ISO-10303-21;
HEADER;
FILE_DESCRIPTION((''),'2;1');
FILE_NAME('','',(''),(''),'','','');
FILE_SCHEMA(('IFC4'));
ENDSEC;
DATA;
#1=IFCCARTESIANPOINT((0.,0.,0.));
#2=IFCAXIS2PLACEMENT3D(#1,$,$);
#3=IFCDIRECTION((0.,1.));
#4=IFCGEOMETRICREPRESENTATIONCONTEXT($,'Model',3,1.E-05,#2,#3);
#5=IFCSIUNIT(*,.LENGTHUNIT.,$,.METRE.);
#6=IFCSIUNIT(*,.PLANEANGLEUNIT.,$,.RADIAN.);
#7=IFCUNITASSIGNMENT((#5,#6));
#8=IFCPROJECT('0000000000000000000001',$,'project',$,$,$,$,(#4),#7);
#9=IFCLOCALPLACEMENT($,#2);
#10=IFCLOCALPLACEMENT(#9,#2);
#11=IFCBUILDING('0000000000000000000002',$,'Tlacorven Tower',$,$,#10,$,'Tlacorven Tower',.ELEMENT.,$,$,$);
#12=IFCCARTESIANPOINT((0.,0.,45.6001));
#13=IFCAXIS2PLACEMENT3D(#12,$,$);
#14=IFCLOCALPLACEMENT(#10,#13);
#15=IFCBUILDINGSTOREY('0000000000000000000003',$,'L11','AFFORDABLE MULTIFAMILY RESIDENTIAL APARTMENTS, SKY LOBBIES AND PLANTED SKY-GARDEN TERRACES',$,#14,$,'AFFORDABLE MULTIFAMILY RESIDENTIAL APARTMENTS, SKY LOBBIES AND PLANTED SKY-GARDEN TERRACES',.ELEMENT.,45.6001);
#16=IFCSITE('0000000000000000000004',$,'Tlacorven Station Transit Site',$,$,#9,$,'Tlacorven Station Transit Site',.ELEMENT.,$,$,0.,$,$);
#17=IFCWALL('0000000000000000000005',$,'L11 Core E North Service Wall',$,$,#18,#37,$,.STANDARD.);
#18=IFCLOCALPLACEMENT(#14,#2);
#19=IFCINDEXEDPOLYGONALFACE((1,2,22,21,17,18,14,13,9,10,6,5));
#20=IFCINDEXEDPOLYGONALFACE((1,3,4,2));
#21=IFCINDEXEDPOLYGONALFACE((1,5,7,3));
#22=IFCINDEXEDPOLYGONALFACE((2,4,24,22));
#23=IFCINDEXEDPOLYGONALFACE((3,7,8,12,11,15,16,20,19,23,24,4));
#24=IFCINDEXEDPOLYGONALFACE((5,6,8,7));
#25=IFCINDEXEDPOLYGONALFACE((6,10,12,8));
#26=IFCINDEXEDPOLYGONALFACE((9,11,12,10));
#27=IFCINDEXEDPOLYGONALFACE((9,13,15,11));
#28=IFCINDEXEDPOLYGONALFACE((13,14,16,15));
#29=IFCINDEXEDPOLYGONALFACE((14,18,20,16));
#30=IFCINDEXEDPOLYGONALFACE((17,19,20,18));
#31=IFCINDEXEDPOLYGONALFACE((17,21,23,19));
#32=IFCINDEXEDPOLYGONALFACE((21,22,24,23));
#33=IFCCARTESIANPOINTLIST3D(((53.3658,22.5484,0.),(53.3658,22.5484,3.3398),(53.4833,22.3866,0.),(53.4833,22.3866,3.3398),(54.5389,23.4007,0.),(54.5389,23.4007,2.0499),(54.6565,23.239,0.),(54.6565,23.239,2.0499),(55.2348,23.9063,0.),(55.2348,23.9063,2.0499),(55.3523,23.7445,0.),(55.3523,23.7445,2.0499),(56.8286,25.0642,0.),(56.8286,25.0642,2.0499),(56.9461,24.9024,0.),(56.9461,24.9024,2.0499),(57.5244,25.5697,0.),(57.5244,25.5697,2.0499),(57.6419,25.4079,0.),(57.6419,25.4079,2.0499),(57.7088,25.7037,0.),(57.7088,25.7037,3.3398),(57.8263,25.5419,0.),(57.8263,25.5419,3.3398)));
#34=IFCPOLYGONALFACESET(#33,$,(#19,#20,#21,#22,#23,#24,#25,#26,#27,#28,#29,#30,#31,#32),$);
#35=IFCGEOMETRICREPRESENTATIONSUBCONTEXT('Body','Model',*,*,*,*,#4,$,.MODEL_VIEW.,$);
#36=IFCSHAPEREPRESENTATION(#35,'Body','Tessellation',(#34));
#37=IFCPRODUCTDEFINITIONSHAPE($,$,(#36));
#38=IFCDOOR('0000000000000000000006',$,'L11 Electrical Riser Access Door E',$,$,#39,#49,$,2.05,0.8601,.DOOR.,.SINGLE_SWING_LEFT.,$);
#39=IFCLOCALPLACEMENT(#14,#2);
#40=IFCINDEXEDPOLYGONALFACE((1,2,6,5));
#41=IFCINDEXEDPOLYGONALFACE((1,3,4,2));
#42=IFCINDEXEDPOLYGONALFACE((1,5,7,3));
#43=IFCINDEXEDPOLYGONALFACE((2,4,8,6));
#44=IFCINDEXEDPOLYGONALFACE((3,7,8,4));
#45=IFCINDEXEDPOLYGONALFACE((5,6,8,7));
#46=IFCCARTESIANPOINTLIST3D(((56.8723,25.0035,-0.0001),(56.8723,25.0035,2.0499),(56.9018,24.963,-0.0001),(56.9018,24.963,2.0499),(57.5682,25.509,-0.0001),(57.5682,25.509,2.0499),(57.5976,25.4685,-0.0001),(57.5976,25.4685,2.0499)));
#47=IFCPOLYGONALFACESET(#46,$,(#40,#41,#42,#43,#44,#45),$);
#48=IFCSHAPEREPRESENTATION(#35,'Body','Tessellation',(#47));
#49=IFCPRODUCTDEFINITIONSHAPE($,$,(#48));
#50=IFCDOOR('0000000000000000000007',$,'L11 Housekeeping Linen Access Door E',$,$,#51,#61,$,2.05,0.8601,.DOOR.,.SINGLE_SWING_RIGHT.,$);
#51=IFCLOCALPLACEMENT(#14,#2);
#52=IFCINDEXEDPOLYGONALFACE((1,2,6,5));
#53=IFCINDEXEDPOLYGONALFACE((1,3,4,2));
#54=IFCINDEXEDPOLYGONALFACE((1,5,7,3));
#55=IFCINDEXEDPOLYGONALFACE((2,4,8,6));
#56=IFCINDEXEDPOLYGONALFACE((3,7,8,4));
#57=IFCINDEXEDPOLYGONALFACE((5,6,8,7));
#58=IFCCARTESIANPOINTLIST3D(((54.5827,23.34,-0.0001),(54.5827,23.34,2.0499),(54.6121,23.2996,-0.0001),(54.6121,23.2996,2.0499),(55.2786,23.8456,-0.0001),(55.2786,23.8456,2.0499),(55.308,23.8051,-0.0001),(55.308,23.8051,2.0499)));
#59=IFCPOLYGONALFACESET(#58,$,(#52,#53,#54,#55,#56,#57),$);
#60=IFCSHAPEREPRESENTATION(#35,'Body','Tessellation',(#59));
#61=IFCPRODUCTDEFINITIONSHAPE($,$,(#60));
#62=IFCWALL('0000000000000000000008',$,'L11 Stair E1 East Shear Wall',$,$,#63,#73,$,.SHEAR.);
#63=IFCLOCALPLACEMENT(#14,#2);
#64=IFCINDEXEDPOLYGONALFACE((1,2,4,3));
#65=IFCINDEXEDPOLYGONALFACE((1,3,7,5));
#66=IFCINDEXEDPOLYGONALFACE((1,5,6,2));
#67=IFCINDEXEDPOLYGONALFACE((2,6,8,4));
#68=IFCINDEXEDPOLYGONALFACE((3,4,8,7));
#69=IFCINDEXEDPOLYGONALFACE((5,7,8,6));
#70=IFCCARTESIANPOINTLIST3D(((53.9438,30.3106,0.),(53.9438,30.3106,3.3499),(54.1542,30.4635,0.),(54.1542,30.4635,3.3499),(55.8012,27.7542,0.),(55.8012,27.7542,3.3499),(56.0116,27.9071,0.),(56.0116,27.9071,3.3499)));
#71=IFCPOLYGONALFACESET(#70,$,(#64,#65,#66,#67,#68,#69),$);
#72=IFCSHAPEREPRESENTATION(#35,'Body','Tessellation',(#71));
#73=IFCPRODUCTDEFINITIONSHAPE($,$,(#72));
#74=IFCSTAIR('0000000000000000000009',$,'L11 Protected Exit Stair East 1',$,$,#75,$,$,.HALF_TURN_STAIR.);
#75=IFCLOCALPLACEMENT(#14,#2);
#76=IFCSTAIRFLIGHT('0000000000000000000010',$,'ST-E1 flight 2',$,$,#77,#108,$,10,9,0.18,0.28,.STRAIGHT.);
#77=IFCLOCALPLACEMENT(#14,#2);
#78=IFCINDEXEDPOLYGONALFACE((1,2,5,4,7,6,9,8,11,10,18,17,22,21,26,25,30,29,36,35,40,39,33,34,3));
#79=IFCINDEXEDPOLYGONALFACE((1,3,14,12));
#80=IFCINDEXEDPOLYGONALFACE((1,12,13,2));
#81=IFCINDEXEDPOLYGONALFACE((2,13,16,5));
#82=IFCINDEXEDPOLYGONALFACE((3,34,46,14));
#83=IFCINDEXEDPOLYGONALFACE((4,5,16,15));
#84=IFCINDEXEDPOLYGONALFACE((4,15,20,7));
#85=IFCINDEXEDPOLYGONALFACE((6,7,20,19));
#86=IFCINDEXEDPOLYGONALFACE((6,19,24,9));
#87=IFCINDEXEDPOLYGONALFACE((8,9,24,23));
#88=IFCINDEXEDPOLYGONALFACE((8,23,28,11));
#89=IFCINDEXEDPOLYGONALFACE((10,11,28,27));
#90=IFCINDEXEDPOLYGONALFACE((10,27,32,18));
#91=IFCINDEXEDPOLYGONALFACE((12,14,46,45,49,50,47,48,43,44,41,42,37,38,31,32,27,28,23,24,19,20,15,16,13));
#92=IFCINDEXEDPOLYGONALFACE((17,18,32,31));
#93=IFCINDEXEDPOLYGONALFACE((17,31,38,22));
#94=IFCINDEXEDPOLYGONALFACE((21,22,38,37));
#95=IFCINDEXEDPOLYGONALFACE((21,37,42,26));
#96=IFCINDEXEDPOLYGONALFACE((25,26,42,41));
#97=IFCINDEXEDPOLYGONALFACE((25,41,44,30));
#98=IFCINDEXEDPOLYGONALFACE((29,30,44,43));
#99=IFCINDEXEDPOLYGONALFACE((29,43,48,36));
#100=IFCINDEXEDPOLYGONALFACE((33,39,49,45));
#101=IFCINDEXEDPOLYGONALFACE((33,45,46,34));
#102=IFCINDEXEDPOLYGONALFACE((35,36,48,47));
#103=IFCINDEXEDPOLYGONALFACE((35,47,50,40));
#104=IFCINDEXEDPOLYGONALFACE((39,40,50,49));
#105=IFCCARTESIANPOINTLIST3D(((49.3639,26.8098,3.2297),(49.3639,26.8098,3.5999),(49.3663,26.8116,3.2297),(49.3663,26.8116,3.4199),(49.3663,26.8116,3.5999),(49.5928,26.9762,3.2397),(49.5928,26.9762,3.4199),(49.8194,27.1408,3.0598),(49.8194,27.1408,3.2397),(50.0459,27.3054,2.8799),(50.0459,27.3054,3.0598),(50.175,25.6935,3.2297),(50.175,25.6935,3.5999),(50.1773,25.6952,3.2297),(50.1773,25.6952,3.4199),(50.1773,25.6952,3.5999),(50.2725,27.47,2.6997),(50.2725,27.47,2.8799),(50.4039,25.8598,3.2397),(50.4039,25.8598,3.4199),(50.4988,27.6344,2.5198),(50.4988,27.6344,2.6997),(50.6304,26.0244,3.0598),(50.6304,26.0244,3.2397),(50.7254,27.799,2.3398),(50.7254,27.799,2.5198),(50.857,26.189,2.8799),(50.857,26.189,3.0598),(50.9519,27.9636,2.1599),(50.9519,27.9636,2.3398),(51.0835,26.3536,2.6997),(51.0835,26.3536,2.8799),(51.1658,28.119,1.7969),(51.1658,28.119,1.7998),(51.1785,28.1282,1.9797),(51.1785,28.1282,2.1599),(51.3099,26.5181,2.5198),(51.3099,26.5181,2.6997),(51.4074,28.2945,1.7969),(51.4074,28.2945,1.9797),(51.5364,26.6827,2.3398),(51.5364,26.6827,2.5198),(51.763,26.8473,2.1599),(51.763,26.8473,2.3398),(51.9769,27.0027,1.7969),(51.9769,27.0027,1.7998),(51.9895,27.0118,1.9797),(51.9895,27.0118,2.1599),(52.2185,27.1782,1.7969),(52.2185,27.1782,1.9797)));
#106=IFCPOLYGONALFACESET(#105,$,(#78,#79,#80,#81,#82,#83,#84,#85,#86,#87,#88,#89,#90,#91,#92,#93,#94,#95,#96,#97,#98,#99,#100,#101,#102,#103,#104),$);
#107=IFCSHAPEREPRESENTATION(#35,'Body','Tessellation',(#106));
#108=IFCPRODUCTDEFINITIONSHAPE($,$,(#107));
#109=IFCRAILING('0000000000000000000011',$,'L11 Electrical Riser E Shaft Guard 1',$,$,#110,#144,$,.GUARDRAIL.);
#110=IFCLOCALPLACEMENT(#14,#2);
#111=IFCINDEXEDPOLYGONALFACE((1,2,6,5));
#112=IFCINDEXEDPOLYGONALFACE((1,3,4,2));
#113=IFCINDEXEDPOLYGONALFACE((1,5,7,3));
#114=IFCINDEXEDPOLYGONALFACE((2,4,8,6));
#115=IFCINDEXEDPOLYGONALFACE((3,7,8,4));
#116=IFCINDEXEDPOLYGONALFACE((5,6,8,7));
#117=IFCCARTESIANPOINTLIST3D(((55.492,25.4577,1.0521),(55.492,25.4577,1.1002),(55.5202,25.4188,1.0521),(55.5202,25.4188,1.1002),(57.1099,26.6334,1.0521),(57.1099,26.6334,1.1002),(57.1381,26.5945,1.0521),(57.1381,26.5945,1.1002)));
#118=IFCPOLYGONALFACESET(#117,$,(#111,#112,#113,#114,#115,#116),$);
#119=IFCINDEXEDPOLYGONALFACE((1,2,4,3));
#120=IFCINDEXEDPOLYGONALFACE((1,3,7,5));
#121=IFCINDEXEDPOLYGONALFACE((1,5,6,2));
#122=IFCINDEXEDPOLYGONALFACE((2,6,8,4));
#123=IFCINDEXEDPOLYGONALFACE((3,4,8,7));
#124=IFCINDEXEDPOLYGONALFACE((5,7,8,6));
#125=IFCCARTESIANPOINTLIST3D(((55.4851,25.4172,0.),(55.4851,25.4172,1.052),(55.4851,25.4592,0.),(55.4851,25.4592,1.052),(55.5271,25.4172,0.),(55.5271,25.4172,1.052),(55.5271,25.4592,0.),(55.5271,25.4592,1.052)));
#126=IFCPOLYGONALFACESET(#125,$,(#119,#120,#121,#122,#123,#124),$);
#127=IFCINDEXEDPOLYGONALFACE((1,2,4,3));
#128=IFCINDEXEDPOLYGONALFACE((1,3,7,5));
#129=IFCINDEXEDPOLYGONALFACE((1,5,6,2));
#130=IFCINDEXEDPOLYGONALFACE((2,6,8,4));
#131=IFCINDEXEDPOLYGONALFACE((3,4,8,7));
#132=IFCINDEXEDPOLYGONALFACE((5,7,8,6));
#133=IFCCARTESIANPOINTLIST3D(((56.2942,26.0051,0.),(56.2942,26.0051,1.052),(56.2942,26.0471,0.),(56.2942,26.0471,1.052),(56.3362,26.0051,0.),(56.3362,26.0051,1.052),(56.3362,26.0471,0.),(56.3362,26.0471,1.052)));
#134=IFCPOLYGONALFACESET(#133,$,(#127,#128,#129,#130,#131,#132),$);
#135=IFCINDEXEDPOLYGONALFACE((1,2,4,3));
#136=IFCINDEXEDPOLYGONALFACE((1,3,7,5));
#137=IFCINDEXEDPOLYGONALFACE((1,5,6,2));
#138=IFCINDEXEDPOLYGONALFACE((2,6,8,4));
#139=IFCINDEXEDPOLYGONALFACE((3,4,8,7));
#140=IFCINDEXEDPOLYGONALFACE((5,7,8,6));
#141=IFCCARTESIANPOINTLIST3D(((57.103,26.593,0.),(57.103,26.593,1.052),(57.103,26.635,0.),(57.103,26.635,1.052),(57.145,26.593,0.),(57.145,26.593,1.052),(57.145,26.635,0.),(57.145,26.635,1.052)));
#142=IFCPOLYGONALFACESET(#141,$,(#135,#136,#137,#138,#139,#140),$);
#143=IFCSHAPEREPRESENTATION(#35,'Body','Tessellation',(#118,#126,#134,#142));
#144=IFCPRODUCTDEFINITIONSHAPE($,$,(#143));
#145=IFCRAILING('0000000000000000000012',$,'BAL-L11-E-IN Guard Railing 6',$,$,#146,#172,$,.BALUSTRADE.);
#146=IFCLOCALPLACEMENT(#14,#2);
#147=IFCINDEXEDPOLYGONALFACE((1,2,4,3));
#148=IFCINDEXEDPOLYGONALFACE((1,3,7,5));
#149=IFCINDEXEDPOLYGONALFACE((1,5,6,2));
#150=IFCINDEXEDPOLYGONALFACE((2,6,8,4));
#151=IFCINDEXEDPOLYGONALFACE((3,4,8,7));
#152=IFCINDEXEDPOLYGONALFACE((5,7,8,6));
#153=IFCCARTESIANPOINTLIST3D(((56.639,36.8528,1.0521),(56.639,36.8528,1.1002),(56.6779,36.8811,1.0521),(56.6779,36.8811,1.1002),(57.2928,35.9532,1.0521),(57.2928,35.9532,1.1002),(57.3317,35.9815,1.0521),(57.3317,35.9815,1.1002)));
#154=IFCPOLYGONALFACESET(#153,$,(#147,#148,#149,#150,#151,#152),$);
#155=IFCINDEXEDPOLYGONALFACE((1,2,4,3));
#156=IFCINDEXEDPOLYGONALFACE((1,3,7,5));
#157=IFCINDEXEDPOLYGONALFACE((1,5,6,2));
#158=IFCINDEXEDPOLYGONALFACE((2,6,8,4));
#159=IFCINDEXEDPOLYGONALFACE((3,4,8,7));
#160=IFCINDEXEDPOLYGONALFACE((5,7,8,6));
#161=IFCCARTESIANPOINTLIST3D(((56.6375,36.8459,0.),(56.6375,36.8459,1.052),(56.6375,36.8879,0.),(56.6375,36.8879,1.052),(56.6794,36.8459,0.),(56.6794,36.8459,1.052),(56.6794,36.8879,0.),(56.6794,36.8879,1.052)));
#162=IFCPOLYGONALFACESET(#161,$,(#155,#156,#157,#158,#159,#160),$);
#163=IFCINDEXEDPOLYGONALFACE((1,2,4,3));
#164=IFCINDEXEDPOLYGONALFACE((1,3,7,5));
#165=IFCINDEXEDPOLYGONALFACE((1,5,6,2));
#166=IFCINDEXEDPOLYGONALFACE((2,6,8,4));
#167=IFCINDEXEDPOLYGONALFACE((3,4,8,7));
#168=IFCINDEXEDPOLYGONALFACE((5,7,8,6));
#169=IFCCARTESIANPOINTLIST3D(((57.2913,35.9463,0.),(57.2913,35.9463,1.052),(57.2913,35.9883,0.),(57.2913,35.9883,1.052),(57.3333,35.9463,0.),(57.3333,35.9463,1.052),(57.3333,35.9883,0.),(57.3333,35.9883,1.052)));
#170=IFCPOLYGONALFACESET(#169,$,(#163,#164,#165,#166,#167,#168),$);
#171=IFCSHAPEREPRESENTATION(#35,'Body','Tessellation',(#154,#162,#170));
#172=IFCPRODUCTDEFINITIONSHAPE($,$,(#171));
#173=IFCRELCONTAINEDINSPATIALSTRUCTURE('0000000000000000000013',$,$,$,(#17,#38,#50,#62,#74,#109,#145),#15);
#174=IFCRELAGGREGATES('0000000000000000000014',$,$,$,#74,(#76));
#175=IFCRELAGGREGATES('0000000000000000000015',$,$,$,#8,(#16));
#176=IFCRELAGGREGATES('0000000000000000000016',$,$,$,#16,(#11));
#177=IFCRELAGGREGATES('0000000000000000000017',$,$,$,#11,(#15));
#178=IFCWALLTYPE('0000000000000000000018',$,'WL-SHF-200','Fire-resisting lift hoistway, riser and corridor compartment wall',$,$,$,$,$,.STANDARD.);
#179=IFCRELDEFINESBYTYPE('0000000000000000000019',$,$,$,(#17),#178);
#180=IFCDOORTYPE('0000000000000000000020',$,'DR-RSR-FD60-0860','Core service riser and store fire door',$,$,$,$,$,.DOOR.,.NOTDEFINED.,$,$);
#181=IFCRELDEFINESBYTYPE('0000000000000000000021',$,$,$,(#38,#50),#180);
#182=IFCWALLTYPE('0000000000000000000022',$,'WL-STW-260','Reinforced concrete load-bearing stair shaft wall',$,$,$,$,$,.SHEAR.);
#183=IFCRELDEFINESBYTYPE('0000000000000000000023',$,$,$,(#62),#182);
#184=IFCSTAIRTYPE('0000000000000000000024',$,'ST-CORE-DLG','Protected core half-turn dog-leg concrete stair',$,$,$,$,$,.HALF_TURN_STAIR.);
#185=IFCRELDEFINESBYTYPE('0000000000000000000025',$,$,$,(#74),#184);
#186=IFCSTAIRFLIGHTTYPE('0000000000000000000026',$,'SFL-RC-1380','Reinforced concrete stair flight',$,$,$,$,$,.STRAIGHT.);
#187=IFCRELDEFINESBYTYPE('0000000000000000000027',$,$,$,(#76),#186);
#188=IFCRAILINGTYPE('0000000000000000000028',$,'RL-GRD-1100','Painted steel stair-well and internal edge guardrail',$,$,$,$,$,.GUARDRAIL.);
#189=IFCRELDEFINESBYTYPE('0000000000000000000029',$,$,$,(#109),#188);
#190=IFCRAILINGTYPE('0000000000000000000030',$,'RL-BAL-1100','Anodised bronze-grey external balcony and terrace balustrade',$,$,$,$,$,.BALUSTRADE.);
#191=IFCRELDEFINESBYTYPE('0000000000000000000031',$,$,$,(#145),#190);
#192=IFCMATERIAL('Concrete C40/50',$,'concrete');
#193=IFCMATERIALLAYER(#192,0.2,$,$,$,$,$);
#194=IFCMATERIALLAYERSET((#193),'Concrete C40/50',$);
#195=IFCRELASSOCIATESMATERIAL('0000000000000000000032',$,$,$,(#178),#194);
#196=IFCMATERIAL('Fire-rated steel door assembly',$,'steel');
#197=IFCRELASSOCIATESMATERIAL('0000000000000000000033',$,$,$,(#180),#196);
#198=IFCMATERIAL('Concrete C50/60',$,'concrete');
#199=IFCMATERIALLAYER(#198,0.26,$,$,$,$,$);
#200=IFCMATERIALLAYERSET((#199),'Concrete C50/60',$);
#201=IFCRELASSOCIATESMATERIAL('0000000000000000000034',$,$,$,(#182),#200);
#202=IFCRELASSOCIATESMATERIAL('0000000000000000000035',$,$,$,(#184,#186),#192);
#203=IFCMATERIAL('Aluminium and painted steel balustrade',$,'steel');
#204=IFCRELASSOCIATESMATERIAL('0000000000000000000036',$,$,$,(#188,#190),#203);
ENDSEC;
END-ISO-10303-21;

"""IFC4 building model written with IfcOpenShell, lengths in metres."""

from ifc_helpers import new_model, si_unit, direction, frame, frame_2d, origin, origin_2d, place, context, subcontext, project, spatial, polyline, rectangle, outline, extrude, source, transform, mapped, material, layer, layer_set, type_object, element, fill, aggregate, save


model = new_model("IFC4")

# Units and contexts
model_context = context("Model", 3, precision=1e-05, world=origin(), true_north=direction((0.0, 1.0)))
body_context = subcontext(model_context, "Body", "Model", "MODEL_VIEW")
ifc_project = project(units=[si_unit("LENGTHUNIT", "METRE"), si_unit("PLANEANGLEUNIT", "RADIAN")], contexts=[model_context])

# Site, building, storey
site_placement = place(None, origin())
site = spatial("IfcSite", under=ifc_project, at=site_placement, Name="Tlacorven Station Transit Site", LongName="Tlacorven Station Transit Site", CompositionType="ELEMENT", RefElevation=0.0)
building_placement = place(site_placement, origin())
building = spatial("IfcBuilding", under=site, at=building_placement, Name="Tlacorven Tower", LongName="Tlacorven Tower", CompositionType="ELEMENT")
storey_placement = place(building_placement, frame((0.0, 0.0, 45.6001)))
storey = spatial("IfcBuildingStorey", under=building, at=storey_placement, Name="L11", Description="AFFORDABLE MULTIFAMILY RESIDENTIAL APARTMENTS, SKY LOBBIES AND PLANTED SKY-GARDEN TERRACES", LongName="AFFORDABLE MULTIFAMILY RESIDENTIAL APARTMENTS, SKY LOBBIES AND PLANTED SKY-GARDEN TERRACES", CompositionType="ELEMENT", Elevation=45.6001)

# Shared definitions
ifc_material_1 = material(Name="Concrete C40/50", Category="concrete")
ifc_layer_1 = layer(ifc_material_1, 0.2)
ifc_layer_set_1 = layer_set([ifc_layer_1], Name="Concrete C40/50")
wall_type_1 = type_object("IfcWallType", Name="WL-SHF-200", Description="Fire-resisting lift hoistway, riser and corridor compartment wall", PredefinedType="STANDARD", material=ifc_layer_set_1)
ifc_material_2 = material(Name="Fire-rated steel door assembly", Category="steel")
door_type_1 = type_object("IfcDoorType", Name="DR-RSR-FD60-0860", Description="Core service riser and store fire door", OperationType="NOTDEFINED", PredefinedType="DOOR", material=ifc_material_2)
shared_shape_1 = source(origin(), body_context, "Body", "SweptSolid", [
    extrude(rectangle(XDim=0.8601, YDim=2.05, at=frame_2d((0.4302, 1.0249))), frame((0.0, 0.0249, 0.0), z_axis=(0.0, -1.0, 0.0), x_axis=(1.0, 0.0, 0.0)), (0.0, 0.0, 1.0), 0.05),
])

# Wall, openings, doors
wall_1_placement = place(storey_placement, frame((53.4246, 22.4675, 0.0), z_axis=(0.0, 0.0, 1.0), x_axis=(0.809027, 0.587771, 0.0)))
wall_1 = element("IfcWall", 1, at=wall_1_placement, inside=storey, type_object=wall_type_1, Name="L11 Core E North Service Wall", PredefinedType="STANDARD", context=body_context, shape_type="SweptSolid", body=[
    extrude(rectangle(XDim=5.3682, YDim=0.2, at=frame_2d((2.6841, 0.0))), origin(), (0.0, 0.0, 1.0), 3.3398),
])
opening_1_placement = place(wall_1_placement, frame((4.28, 0.0, 0.0)))
opening_1 = element("IfcOpeningElement", 2, at=opening_1_placement, cuts=wall_1, PredefinedType="OPENING", context=body_context, shape_type="SweptSolid", body=[
    extrude(rectangle(XDim=0.8601, YDim=2.05, at=frame_2d((0.4302, 1.0249))), frame((0.0, 0.1099, 0.0), z_axis=(0.0, -1.0, 0.0), x_axis=(1.0, 0.0, 0.0)), (0.0, 0.0, 1.0), 0.22),
])
opening_2_placement = place(wall_1_placement, frame((1.45, 0.0, 0.0)))
opening_2 = element("IfcOpeningElement", 3, at=opening_2_placement, cuts=wall_1, PredefinedType="OPENING", context=body_context, shape_type="SweptSolid", body=[
    extrude(rectangle(XDim=0.8601, YDim=2.05, at=frame_2d((0.4302, 1.0249))), frame((0.0, 0.1099, 0.0), z_axis=(0.0, -1.0, 0.0), x_axis=(1.0, 0.0, 0.0)), (0.0, 0.0, 1.0), 0.22),
])
door_1_placement = place(opening_1_placement, frame((0.8601, 0.0, 0.0), z_axis=(0.0, 0.0, 1.0), x_axis=(-1.0, 0.0, 0.0)))
door_1 = element("IfcDoor", 4, at=door_1_placement, inside=storey, type_object=door_type_1, Name="L11 Electrical Riser Access Door E", OperationType="SINGLE_SWING_LEFT", OverallHeight=2.05, OverallWidth=0.8601, PredefinedType="DOOR", context=body_context, shape_type="MappedRepresentation", body=[
    mapped(shared_shape_1, transform((0.0, 0.0, 0.0), scale=1.0)),
])
fill(opening_1, door_1)
door_2_placement = place(opening_2_placement, frame((0.8601, 0.0, 0.0), z_axis=(0.0, 0.0, 1.0), x_axis=(-1.0, 0.0, 0.0)))
door_2 = element("IfcDoor", 5, at=door_2_placement, inside=storey, type_object=door_type_1, Name="L11 Housekeeping Linen Access Door E", OperationType="SINGLE_SWING_RIGHT", OverallHeight=2.05, OverallWidth=0.8601, PredefinedType="DOOR", context=body_context, shape_type="MappedRepresentation", body=[
    mapped(shared_shape_1, transform((0.0, 0.0, 0.0), scale=1.0)),
])
fill(opening_2, door_2)

# Wall
ifc_material_3 = material(Name="Concrete C50/60", Category="concrete")
ifc_layer_2 = layer(ifc_material_3, 0.26)
ifc_layer_set_2 = layer_set([ifc_layer_2], Name="Concrete C50/60")
wall_type_2 = type_object("IfcWallType", Name="WL-STW-260", Description="Reinforced concrete load-bearing stair shaft wall", PredefinedType="SHEAR", material=ifc_layer_set_2)
wall_2_placement = place(storey_placement, frame((55.9065, 27.8306, 0.0), z_axis=(0.0, 0.0, 1.0), x_axis=(-0.587804, 0.809003, 0.0)))
element("IfcWall", 6, at=wall_2_placement, inside=storey, type_object=wall_type_2, Name="L11 Stair E1 East Shear Wall", PredefinedType="SHEAR", context=body_context, shape_type="SweptSolid", body=[
    extrude(rectangle(XDim=3.1599, YDim=0.26, at=frame_2d((1.5801, 0.0))), origin(), (0.0, 0.0, 1.0), 3.3499),
])

# Stair, stair flight
stair_type = type_object("IfcStairType", Name="ST-CORE-DLG", Description="Protected core half-turn dog-leg concrete stair", PredefinedType="HALF_TURN_STAIR", material=ifc_material_1)
stair_placement = place(storey_placement, origin())
stair = element("IfcStair", 7, at=stair_placement, inside=storey, type_object=stair_type, Name="L11 Protected Exit Stair East 1", PredefinedType="HALF_TURN_STAIR")
stair_flight_type = type_object("IfcStairFlightType", Name="SFL-RC-1380", Description="Reinforced concrete stair flight", PredefinedType="STRAIGHT", material=ifc_material_1)
shared_shape_2 = source(origin(), body_context, "Body", "SweptSolid", [
    extrude(outline(polyline([(-0.0029, -0.0029), (-0.0029, 0.1799), (0.28, 0.1799), (0.28, 0.3601), (0.5601, 0.3601), (0.5601, 0.54), (0.8401, 0.54), (0.8401, 0.72), (1.1201, 0.72), (1.1201, 0.8999), (1.3999, 0.8999), (1.3999, 1.0801), (1.6799, 1.0801), (1.6799, 1.26), (1.96, 1.26), (1.96, 1.4399), (2.24, 1.4399), (2.24, 1.6201), (2.52, 1.6201), (2.52, 1.8), (2.5229, 1.8), (2.5229, 1.4299), (2.52, 1.4299), (0.2957, 0.0), (0.2957, -0.0029), (-0.0029, -0.0029)])), frame((0.0, 0.6899, 0.0), z_axis=(0.0, -1.0, 0.0), x_axis=(1.0, 0.0, 0.0)), (0.0, 0.0, 1.0), 1.3799),
])
stair_flight_placement = place(storey_placement, frame((51.8105, 27.7346, 1.7998), z_axis=(0.0, 0.0, 1.0), x_axis=(-0.809017, -0.587785, 0.0)))
stair_flight = element("IfcStairFlight", 8, at=stair_flight_placement, type_object=stair_flight_type, Name="ST-E1 flight 2", NumberOfRisers=10, NumberOfTreads=9, PredefinedType="STRAIGHT", RiserHeight=0.18, TreadLength=0.28, context=body_context, shape_type="MappedRepresentation", body=[
    mapped(shared_shape_2, transform((0.0, 0.0, 0.0), scale=1.0)),
])
aggregate(stair, [stair_flight])

# Railings
ifc_material_4 = material(Name="Aluminium and painted steel balustrade", Category="steel")
railing_type_1 = type_object("IfcRailingType", Name="RL-GRD-1100", Description="Painted steel stair-well and internal edge guardrail", PredefinedType="GUARDRAIL", material=ifc_material_4)
shared_shape_3 = source(origin(), body_context, "Body", "SweptSolid", [
    extrude(rectangle(XDim=0.0481, YDim=0.0481, at=origin_2d()), frame((0.0, 0.0, 1.0762), z_axis=(0.808947, 0.587881, 0.0), x_axis=(-0.587881, 0.808947, 0.0)), (0.0, 0.0, 1.0), 2.0),
    extrude(rectangle(XDim=0.042, YDim=0.042, at=origin_2d()), origin(), (0.0, 0.0, 1.0), 1.052),
    extrude(rectangle(XDim=0.042, YDim=0.042, at=origin_2d()), frame((0.8091, 0.5879, 0.0)), (0.0, 0.0, 1.0), 1.052),
    extrude(rectangle(XDim=0.042, YDim=0.042, at=origin_2d()), frame((1.6179, 1.1758, 0.0)), (0.0, 0.0, 1.0), 1.052),
])
railing_1_placement = place(storey_placement, frame((55.5061, 25.4382, 0.0)))
element("IfcRailing", 9, at=railing_1_placement, inside=storey, type_object=railing_type_1, Name="L11 Electrical Riser E Shaft Guard 1", PredefinedType="GUARDRAIL", context=body_context, shape_type="MappedRepresentation", body=[
    mapped(shared_shape_3, transform((0.0, 0.0, 0.0), scale=1.0)),
])
railing_type_2 = type_object("IfcRailingType", Name="RL-BAL-1100", Description="Anodised bronze-grey external balcony and terrace balustrade", PredefinedType="BALUSTRADE", material=ifc_material_4)
shared_shape_4 = source(origin(), body_context, "Body", "SweptSolid", [
    extrude(rectangle(XDim=0.0481, YDim=0.0481, at=origin_2d()), frame((0.0, 0.0, 1.0762), z_axis=(0.587884, -0.808945, 0.0), x_axis=(0.808945, 0.587884, 0.0)), (0.0, 0.0, 1.0), 1.1121),
    extrude(rectangle(XDim=0.042, YDim=0.042, at=origin_2d()), origin(), (0.0, 0.0, 1.0), 1.052),
    extrude(rectangle(XDim=0.042, YDim=0.042, at=origin_2d()), frame((0.6538, -0.8997, 0.0)), (0.0, 0.0, 1.0), 1.052),
])
railing_2_placement = place(storey_placement, frame((56.6584, 36.8669, 0.0)))
element("IfcRailing", 10, at=railing_2_placement, inside=storey, type_object=railing_type_2, Name="BAL-L11-E-IN Guard Railing 6", PredefinedType="BALUSTRADE", context=body_context, shape_type="MappedRepresentation", body=[
    mapped(shared_shape_4, transform((0.0, 0.0, 0.0), scale=1.0)),
])

save(model, "model.ifc")
